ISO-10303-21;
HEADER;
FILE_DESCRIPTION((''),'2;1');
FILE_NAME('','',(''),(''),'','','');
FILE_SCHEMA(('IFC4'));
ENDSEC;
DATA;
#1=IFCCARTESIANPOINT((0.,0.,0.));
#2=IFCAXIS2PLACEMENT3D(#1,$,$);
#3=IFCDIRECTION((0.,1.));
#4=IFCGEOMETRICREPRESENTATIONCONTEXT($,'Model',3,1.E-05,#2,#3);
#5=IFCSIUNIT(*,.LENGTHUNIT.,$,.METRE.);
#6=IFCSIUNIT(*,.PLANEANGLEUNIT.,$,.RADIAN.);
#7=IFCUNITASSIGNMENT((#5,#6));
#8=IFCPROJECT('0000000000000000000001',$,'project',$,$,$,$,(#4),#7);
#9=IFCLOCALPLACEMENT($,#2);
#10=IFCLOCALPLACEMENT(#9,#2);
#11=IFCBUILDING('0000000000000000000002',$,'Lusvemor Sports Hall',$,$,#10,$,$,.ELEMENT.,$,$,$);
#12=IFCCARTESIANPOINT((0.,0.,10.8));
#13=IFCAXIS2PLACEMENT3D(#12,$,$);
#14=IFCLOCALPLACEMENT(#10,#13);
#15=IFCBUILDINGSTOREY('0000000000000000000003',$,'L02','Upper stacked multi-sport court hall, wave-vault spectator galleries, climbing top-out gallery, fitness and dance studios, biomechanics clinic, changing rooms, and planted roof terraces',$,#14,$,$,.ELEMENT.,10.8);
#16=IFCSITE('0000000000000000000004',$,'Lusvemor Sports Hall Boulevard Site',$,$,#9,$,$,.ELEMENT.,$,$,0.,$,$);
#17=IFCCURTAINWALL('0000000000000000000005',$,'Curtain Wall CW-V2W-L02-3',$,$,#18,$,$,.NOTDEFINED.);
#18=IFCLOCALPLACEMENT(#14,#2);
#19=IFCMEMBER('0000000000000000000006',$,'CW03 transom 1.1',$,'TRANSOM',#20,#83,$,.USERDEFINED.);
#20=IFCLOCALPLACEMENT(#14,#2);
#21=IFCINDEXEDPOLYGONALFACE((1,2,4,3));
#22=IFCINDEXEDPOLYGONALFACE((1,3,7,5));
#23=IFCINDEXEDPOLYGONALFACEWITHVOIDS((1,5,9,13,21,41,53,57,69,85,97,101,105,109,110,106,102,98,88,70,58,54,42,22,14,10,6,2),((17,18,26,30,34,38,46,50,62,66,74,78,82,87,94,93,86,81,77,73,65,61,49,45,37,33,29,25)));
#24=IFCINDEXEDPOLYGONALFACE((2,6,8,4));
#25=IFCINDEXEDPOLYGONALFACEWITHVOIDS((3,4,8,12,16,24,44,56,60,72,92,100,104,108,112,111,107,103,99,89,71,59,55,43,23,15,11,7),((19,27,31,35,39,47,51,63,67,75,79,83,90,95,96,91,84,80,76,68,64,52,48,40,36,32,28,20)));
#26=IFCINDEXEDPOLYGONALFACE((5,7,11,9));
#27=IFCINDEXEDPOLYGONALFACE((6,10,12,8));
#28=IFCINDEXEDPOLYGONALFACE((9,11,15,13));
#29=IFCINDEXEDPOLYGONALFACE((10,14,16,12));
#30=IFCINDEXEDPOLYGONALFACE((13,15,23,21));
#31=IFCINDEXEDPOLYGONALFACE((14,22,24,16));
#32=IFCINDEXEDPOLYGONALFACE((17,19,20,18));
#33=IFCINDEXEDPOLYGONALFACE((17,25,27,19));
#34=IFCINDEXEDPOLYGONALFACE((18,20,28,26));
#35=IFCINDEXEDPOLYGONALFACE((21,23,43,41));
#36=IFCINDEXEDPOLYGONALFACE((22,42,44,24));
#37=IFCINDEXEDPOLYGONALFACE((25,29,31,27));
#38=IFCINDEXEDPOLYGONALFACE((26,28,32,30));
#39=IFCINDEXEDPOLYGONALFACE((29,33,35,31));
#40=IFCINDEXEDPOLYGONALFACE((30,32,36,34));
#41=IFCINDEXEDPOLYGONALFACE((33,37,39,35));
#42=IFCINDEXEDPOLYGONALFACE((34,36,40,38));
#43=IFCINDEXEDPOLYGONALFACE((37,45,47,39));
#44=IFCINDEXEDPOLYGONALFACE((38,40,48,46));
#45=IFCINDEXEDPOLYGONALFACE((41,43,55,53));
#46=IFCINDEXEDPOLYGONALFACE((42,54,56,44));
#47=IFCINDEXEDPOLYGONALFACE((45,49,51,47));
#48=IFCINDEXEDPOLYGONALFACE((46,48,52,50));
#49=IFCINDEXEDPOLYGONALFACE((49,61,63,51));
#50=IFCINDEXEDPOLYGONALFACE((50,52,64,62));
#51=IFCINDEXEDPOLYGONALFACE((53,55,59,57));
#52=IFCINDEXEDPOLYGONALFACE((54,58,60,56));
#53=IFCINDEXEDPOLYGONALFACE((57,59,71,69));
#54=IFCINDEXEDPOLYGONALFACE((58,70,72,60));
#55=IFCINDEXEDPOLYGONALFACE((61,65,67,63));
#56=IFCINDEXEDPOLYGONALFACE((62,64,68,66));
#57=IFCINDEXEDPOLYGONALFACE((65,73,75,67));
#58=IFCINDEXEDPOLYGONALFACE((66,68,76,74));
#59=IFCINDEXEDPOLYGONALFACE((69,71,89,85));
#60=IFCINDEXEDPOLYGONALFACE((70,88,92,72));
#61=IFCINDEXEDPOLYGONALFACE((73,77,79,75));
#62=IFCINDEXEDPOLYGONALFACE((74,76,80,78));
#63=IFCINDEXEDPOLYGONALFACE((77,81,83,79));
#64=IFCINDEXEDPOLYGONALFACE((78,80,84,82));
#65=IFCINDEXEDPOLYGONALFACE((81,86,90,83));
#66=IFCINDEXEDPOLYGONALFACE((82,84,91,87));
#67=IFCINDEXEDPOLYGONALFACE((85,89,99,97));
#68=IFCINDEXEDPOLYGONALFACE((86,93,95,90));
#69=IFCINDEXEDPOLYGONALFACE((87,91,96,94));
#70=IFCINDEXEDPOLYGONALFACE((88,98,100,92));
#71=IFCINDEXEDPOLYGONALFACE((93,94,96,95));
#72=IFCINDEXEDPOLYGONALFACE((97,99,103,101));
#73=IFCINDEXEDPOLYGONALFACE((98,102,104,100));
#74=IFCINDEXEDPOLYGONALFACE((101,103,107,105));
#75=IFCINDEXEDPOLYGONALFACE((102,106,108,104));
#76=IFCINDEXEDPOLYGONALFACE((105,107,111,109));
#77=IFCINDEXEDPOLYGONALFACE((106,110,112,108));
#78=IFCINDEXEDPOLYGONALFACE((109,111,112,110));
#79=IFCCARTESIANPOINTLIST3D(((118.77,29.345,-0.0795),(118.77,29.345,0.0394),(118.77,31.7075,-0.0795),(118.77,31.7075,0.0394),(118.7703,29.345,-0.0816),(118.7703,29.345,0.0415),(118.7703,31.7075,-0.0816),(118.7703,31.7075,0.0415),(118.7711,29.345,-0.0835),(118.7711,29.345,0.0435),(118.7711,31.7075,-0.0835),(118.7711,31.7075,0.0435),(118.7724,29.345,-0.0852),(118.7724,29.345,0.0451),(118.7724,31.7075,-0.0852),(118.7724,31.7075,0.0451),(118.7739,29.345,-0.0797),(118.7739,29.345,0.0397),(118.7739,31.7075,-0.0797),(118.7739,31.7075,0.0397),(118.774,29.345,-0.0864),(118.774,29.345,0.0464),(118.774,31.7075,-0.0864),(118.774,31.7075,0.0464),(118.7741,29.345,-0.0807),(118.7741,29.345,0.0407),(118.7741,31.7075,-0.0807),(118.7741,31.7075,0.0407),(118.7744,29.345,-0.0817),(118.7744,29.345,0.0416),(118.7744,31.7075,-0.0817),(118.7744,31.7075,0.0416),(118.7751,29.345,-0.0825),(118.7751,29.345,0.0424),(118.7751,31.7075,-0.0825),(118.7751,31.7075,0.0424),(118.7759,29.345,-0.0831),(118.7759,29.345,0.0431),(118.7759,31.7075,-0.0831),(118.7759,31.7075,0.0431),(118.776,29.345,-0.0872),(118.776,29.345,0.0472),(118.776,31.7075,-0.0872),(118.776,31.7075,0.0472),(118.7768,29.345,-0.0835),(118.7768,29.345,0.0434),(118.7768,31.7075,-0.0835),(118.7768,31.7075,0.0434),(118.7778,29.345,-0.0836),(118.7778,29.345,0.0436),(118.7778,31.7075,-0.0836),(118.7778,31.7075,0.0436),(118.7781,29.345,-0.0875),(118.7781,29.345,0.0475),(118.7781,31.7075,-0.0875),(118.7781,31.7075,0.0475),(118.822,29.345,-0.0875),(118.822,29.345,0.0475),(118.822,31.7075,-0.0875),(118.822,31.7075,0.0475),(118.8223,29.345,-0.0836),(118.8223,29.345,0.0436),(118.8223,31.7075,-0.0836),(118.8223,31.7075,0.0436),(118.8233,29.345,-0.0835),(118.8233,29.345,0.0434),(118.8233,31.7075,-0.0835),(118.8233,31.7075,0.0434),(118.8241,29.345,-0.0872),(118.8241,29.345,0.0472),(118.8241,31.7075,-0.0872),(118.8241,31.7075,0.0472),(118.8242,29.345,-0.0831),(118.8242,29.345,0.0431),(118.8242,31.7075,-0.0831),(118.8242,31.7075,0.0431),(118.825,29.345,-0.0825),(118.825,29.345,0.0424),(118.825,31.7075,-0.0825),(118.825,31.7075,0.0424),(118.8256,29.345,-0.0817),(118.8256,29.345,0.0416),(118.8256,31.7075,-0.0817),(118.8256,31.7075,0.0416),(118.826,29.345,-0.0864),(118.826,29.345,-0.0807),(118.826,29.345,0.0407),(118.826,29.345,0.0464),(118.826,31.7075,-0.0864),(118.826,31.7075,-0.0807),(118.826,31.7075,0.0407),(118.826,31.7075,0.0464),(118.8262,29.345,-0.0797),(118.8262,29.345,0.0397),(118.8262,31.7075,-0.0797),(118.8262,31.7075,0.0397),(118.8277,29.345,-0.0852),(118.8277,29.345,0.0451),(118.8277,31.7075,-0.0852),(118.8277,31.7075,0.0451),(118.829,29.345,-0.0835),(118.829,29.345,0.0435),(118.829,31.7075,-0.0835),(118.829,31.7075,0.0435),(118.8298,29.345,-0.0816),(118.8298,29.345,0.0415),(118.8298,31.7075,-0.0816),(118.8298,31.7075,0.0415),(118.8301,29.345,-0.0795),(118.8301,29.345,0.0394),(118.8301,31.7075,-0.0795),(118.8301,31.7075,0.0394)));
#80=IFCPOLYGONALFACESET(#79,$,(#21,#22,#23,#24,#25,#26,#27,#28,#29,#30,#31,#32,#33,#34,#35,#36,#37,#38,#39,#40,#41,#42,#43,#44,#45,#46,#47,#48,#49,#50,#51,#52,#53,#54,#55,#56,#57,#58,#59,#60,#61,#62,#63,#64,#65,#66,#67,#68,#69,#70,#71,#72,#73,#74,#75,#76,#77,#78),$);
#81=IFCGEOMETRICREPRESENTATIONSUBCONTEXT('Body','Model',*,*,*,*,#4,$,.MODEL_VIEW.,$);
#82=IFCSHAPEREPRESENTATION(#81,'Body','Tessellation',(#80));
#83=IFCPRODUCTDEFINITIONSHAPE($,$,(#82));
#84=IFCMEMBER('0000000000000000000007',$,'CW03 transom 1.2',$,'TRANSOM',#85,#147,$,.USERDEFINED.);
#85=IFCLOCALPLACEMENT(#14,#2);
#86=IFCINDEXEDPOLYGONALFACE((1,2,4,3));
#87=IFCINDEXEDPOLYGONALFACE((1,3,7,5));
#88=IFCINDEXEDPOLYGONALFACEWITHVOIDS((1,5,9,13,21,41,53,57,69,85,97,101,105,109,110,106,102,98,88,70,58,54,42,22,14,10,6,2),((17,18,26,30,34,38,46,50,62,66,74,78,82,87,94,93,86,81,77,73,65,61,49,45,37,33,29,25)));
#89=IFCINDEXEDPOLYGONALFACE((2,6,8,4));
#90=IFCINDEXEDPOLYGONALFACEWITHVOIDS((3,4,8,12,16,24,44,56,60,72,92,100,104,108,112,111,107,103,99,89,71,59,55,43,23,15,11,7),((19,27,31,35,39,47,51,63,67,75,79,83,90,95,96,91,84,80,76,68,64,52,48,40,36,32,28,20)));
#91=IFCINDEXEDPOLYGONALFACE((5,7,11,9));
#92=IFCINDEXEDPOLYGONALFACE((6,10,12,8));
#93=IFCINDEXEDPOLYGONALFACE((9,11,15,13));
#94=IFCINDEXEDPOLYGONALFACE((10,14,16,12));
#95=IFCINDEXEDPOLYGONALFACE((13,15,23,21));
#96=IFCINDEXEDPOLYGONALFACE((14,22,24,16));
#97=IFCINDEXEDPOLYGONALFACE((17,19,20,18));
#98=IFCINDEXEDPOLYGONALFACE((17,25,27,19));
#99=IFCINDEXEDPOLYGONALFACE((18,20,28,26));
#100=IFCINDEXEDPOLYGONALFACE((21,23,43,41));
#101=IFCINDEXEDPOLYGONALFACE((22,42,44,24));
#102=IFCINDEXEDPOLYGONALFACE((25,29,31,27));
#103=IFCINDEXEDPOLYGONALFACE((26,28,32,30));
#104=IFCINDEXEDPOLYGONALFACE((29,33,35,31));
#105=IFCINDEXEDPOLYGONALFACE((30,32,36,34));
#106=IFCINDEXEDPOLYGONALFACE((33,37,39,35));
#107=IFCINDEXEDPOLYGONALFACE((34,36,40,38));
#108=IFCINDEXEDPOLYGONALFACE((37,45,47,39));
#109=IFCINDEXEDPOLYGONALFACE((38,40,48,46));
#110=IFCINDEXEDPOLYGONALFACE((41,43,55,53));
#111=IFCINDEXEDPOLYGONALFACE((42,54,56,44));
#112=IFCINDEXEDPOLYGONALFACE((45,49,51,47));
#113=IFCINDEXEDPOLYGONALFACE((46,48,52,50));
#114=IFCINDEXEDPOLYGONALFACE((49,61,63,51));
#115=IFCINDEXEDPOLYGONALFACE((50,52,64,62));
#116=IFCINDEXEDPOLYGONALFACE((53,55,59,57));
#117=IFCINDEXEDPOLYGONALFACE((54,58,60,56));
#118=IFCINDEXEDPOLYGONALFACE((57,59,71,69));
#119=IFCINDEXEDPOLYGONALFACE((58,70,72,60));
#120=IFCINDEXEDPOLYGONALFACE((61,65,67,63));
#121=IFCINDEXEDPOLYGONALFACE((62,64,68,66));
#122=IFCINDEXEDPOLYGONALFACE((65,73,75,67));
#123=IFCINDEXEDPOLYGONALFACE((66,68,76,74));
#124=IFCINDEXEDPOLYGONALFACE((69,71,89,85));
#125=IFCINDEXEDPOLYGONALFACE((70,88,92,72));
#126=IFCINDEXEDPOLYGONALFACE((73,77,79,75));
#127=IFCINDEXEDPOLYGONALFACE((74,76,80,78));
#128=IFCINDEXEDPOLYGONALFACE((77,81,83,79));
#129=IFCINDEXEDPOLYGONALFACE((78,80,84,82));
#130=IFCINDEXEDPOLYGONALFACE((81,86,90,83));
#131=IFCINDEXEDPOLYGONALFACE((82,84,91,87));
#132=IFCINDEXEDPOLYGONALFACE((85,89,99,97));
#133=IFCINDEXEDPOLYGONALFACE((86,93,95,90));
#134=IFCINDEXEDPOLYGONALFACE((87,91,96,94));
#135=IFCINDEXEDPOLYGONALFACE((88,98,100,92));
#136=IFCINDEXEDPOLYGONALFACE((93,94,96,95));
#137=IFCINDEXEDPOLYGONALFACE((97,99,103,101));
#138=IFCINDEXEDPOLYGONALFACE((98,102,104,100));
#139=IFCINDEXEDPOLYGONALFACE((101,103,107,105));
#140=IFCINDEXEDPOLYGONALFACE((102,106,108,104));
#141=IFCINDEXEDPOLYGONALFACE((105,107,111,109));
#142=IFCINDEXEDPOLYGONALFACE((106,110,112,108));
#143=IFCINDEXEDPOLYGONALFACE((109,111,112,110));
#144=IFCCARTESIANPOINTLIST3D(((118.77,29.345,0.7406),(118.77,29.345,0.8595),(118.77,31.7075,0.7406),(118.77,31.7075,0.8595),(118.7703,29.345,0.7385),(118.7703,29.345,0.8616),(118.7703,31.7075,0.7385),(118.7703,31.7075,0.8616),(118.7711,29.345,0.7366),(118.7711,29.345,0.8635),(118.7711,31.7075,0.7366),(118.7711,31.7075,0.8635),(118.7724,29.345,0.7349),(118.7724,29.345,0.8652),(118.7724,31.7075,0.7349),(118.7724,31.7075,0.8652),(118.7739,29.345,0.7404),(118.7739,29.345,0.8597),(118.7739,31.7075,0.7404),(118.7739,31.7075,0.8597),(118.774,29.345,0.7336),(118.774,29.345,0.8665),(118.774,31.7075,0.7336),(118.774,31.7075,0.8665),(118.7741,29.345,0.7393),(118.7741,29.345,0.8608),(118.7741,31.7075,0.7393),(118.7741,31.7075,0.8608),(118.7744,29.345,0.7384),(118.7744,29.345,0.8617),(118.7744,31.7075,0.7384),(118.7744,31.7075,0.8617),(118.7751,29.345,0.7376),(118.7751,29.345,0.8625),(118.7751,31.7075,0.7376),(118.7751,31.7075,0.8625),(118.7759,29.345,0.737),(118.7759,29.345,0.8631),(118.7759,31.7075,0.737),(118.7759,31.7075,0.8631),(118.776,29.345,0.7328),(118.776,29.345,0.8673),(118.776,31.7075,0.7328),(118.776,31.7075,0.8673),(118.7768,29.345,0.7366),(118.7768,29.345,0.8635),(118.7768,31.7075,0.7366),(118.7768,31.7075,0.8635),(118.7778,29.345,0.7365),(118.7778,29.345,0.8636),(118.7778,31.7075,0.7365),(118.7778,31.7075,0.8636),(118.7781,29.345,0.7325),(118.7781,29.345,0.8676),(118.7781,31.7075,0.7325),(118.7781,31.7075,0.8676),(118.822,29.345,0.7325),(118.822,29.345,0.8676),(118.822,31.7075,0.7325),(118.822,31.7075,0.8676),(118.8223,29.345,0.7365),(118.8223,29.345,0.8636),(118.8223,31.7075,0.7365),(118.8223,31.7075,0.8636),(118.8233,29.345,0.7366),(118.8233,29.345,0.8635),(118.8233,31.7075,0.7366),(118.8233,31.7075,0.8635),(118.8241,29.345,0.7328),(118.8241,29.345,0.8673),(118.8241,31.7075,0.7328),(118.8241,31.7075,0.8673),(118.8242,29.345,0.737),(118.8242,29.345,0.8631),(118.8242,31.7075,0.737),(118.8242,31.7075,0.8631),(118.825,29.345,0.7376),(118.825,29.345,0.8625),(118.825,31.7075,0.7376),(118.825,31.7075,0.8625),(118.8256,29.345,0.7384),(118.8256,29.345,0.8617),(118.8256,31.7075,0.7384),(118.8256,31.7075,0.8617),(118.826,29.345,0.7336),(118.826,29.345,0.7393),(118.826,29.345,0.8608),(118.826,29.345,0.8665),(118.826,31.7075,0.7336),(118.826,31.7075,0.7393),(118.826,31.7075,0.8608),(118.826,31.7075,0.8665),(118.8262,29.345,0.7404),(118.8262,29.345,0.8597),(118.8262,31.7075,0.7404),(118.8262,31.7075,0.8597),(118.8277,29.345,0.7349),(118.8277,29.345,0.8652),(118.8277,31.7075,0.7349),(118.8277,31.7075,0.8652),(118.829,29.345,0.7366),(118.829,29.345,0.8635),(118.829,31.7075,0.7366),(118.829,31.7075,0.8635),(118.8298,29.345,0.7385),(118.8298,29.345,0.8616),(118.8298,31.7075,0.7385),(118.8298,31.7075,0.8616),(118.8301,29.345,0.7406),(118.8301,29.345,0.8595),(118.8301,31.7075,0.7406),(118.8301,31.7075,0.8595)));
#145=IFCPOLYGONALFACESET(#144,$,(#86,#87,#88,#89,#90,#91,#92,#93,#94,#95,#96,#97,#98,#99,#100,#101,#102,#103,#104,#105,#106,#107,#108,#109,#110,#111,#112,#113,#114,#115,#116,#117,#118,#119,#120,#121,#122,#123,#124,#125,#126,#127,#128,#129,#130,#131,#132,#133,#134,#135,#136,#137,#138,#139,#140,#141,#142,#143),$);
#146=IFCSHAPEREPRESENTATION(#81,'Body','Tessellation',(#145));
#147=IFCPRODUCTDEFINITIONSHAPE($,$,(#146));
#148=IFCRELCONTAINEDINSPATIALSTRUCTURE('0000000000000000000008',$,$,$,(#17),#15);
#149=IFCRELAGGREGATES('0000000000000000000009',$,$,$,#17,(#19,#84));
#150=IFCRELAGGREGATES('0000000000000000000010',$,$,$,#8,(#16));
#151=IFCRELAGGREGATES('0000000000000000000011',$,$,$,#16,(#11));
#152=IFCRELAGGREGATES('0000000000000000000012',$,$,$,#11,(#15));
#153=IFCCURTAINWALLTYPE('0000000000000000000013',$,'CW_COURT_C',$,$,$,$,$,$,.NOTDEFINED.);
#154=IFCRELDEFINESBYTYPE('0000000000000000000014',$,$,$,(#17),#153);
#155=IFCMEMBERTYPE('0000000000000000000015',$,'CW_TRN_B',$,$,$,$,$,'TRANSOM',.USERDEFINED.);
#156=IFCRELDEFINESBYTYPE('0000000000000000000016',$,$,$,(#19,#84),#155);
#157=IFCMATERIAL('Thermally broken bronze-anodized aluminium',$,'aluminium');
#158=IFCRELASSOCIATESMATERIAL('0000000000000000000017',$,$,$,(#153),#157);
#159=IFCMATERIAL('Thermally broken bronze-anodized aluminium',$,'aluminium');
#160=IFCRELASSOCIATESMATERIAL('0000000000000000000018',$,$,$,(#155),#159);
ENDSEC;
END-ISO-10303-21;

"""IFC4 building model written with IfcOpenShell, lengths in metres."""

from ifc_helpers import new_model, si_unit, direction, frame, origin, origin_2d, place, context, subcontext, project, spatial, hollow_rectangle, extrude, material, material_profile, profile_set, type_object, element, aggregate, save


model = new_model("IFC4")

# Units and contexts
model_context = context("Model", 3, precision=1e-05, world=origin(), true_north=direction((0.0, 1.0)))
body_context = subcontext(model_context, "Body", "Model", "MODEL_VIEW")
ifc_project = project(units=[si_unit("LENGTHUNIT", "METRE"), si_unit("PLANEANGLEUNIT", "RADIAN")], contexts=[model_context])

# Site, building, storey
site_placement = place(None, origin())
site = spatial("IfcSite", under=ifc_project, at=site_placement, Name="Lusvemor Sports Hall Boulevard Site", CompositionType="ELEMENT", RefElevation=0.0)
building_placement = place(site_placement, origin())
building = spatial("IfcBuilding", under=site, at=building_placement, Name="Lusvemor Sports Hall", CompositionType="ELEMENT")
storey_placement = place(building_placement, frame((0.0, 0.0, 10.8)))
storey = spatial("IfcBuildingStorey", under=building, at=storey_placement, Name="L02", Description="Upper stacked multi-sport court hall, wave-vault spectator galleries, climbing top-out gallery, fitness and dance studios, biomechanics clinic, changing rooms, and planted roof terraces", CompositionType="ELEMENT", Elevation=10.8)

# Shared definitions
ifc_material_1 = material(Name="Thermally broken bronze-anodized aluminium", Category="aluminium")
curtain_wall_type = type_object("IfcCurtainWallType", Name="CW_COURT_C", PredefinedType="NOTDEFINED", material=ifc_material_1)

# Curtain wall
curtain_wall_1_placement = place(storey_placement, origin())
curtain_wall_1 = element("IfcCurtainWall", 1, at=curtain_wall_1_placement, inside=storey, type_object=curtain_wall_type, Name="Curtain Wall CW-V2W-L02-3", PredefinedType="NOTDEFINED")

# Members
ifc_material_2 = material(Name="Thermally broken bronze-anodized aluminium", Category="aluminium")
ifc_material_profile_1 = material_profile(ifc_material_2, hollow_rectangle(XDim=0.0601, YDim=0.135, WallThickness=0.0039, InnerFilletRadius=0.0039, OuterFilletRadius=0.0081, at=origin_2d()), Name="CWTRN135x60x4")
ifc_profile_set_1 = profile_set([ifc_material_profile_1], Name="Thermally broken bronze-anodized aluminium")
member_type_1 = type_object("IfcMemberType", Name="CW_TRN_B", ElementType="TRANSOM", PredefinedType="USERDEFINED", material=ifc_profile_set_1)
member_1_placement = place(storey_placement, frame((118.8, 29.345, -0.02), z_axis=(0.0, 1.0, 0.0), x_axis=(-1.0, 0.0, 0.0)))
member_1 = element("IfcMember", 2, at=member_1_placement, type_object=member_type_1, Name="CW03 transom 1.1", ObjectType="TRANSOM", PredefinedType="USERDEFINED", context=body_context, shape_type="SweptSolid", body=[
    extrude(hollow_rectangle(XDim=0.0601, YDim=0.135, WallThickness=0.0039, InnerFilletRadius=0.0039, OuterFilletRadius=0.0081, at=origin_2d()), origin(), (0.0, 0.0, 1.0), 2.3625),
])
member_2_placement = place(storey_placement, frame((118.8, 29.345, 0.8), z_axis=(0.0, 1.0, 0.0), x_axis=(-1.0, 0.0, 0.0)))
member_2 = element("IfcMember", 3, at=member_2_placement, type_object=member_type_1, Name="CW03 transom 1.2", ObjectType="TRANSOM", PredefinedType="USERDEFINED", context=body_context, shape_type="SweptSolid", body=[
    extrude(hollow_rectangle(XDim=0.0601, YDim=0.135, WallThickness=0.0039, InnerFilletRadius=0.0039, OuterFilletRadius=0.0081, at=origin_2d()), origin(), (0.0, 0.0, 1.0), 2.3625),
])

aggregate(curtain_wall_1, [member_1, member_2])

save(model, "model.ifc")
